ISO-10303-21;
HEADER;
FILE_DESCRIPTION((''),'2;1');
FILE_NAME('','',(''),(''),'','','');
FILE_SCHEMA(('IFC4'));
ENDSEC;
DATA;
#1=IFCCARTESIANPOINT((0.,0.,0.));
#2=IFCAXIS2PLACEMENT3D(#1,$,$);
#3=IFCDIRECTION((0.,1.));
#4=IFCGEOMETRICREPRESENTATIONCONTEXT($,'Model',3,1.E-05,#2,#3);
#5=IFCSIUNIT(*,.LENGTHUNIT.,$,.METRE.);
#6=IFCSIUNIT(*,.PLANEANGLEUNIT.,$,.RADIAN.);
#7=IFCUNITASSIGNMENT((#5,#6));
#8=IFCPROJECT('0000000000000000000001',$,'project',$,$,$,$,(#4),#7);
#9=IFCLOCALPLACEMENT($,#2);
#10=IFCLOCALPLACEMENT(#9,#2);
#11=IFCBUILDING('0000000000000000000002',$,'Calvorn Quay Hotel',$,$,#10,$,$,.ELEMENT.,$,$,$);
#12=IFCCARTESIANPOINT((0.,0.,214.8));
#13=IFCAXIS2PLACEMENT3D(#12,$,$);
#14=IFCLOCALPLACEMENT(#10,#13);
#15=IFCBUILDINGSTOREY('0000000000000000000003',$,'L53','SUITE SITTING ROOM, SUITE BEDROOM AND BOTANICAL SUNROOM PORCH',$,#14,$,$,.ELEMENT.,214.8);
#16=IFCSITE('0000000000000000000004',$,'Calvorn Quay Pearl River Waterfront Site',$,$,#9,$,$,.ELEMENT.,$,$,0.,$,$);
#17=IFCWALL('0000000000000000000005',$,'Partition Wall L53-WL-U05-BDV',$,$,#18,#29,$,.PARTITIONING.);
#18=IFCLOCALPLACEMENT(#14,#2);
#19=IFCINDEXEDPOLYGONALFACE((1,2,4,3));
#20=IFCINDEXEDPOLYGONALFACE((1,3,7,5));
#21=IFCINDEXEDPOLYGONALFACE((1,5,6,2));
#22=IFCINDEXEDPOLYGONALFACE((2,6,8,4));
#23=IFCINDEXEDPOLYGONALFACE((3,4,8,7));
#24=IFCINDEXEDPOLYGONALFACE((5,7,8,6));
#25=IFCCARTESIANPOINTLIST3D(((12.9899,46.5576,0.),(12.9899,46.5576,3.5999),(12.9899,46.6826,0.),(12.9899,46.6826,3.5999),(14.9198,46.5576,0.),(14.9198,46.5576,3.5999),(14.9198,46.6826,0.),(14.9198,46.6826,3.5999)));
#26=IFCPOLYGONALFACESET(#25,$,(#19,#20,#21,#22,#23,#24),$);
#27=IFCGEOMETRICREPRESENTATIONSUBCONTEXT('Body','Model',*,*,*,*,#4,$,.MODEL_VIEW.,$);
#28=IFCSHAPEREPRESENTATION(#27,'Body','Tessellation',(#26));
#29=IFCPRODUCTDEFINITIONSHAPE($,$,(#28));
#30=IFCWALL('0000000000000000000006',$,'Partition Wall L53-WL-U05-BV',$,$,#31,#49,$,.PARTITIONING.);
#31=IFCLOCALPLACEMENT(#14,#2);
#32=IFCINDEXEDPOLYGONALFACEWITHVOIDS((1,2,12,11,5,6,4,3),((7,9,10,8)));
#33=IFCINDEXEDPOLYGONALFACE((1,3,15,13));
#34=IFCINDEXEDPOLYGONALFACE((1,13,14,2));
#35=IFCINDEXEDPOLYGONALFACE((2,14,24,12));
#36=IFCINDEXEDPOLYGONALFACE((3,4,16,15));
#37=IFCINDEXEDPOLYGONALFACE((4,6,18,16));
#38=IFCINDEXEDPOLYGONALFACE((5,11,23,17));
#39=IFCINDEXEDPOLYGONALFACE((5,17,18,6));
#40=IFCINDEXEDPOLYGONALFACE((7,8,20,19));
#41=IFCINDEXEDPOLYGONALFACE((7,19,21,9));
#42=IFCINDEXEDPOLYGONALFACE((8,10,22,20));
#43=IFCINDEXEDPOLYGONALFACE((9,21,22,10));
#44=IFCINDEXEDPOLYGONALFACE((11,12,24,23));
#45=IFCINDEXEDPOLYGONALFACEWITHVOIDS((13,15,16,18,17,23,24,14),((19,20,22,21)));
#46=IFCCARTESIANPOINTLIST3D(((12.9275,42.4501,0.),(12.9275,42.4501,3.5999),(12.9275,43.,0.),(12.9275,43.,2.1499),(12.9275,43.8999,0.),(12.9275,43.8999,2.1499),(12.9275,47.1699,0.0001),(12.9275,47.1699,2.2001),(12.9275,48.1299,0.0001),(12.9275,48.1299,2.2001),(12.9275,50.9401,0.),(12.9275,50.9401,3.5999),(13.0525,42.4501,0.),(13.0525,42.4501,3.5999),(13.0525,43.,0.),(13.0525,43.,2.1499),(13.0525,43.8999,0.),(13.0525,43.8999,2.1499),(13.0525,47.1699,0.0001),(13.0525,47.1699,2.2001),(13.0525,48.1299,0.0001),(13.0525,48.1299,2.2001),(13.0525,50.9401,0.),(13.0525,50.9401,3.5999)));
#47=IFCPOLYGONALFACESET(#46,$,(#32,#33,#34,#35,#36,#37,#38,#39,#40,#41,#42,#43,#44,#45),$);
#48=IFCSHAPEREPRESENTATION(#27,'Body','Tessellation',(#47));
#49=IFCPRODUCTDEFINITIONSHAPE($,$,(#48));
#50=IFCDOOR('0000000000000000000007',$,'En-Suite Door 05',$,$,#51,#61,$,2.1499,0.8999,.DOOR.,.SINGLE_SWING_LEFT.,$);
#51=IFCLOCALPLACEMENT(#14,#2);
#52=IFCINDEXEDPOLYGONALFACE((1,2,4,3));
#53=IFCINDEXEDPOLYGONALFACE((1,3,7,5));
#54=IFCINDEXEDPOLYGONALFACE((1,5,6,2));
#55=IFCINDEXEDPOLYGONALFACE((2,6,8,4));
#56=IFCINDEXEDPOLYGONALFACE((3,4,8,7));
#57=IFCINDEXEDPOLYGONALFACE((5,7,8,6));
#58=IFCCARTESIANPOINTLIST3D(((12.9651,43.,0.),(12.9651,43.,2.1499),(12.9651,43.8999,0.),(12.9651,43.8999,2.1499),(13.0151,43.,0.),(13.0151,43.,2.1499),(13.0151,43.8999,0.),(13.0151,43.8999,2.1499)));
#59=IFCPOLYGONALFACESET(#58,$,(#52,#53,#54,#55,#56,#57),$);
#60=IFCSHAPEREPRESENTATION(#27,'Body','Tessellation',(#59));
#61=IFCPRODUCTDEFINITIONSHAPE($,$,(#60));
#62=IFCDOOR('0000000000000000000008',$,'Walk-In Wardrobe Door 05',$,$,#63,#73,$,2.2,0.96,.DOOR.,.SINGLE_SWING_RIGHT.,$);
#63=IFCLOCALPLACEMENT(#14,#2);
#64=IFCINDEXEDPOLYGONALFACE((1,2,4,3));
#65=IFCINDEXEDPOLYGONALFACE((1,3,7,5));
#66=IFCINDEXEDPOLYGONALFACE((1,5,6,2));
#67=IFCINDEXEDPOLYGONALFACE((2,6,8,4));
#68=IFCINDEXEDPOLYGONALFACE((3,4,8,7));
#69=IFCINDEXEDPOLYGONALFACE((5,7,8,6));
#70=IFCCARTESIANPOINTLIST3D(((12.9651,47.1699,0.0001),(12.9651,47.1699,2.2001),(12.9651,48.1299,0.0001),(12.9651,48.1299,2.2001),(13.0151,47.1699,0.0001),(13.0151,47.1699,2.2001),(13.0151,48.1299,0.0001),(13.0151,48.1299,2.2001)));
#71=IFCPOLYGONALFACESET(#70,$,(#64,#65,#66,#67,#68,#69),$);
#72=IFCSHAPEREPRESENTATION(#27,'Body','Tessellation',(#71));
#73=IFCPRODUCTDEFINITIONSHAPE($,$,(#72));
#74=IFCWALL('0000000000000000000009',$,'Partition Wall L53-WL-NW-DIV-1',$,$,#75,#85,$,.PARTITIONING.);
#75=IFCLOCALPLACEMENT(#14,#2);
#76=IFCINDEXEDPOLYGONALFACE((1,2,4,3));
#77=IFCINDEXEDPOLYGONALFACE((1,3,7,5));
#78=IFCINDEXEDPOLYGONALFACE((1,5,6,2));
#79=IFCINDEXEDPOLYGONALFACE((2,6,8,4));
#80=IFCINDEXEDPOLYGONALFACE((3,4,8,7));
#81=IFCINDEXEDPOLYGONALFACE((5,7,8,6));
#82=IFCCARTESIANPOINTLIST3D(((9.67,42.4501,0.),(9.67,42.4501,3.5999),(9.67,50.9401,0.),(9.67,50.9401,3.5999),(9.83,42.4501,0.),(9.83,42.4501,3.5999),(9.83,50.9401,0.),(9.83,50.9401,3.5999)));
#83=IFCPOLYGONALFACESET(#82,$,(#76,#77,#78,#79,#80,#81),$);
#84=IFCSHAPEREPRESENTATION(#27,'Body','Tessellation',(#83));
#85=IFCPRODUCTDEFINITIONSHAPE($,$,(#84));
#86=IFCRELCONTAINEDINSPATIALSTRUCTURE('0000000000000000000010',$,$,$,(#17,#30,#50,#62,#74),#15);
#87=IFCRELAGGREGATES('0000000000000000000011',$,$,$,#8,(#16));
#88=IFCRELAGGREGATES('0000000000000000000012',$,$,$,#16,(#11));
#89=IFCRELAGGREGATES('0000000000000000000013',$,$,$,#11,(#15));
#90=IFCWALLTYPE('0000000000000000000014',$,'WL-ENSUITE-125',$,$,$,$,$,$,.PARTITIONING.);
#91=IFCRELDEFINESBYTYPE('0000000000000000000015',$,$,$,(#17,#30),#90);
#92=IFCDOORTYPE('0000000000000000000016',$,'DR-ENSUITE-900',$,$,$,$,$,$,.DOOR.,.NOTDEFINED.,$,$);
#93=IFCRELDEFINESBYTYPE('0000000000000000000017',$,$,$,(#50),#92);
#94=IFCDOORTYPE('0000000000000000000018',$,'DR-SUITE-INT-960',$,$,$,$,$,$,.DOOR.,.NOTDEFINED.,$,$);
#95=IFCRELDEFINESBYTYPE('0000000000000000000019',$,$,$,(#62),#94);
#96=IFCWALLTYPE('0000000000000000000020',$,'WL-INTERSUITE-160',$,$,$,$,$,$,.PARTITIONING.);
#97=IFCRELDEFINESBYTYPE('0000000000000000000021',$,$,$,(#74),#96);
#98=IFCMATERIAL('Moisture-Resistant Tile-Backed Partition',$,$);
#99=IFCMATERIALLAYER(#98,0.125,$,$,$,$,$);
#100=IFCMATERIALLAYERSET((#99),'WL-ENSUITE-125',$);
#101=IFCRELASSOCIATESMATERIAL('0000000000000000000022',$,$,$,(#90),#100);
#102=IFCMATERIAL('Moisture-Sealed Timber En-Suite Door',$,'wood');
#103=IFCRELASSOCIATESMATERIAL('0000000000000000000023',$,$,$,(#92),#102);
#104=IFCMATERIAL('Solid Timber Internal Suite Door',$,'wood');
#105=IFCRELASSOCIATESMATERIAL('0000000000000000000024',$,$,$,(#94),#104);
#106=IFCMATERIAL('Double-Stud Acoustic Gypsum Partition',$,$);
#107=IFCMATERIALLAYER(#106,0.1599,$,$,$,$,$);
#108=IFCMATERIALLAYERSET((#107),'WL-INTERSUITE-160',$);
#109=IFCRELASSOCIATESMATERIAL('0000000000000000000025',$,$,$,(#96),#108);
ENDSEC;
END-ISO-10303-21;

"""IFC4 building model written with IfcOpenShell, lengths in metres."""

from ifc_helpers import new_model, si_unit, direction, frame, frame_2d, origin, place, context, subcontext, project, spatial, rectangle, extrude, material, layer, layer_set, type_object, element, fill, save


model = new_model("IFC4")

# Units and contexts
model_context = context("Model", 3, precision=1e-05, world=origin(), true_north=direction((0.0, 1.0)))
body_context = subcontext(model_context, "Body", "Model", "MODEL_VIEW")
ifc_project = project(units=[si_unit("LENGTHUNIT", "METRE"), si_unit("PLANEANGLEUNIT", "RADIAN")], contexts=[model_context])

# Site, building, storey
site_placement = place(None, origin())
site = spatial("IfcSite", under=ifc_project, at=site_placement, Name="Calvorn Quay Pearl River Waterfront Site", CompositionType="ELEMENT", RefElevation=0.0)
building_placement = place(site_placement, origin())
building = spatial("IfcBuilding", under=site, at=building_placement, Name="Calvorn Quay Hotel", CompositionType="ELEMENT")
storey_placement = place(building_placement, frame((0.0, 0.0, 214.8)))
storey = spatial("IfcBuildingStorey", under=building, at=storey_placement, Name="L53", Description="SUITE SITTING ROOM, SUITE BEDROOM AND BOTANICAL SUNROOM PORCH", CompositionType="ELEMENT", Elevation=214.8)

# Shared definitions
ifc_material_1 = material(Name="Moisture-Resistant Tile-Backed Partition")
ifc_layer_1 = layer(ifc_material_1, 0.125)
ifc_layer_set_1 = layer_set([ifc_layer_1], Name="WL-ENSUITE-125")
wall_type_1 = type_object("IfcWallType", Name="WL-ENSUITE-125", PredefinedType="PARTITIONING", material=ifc_layer_set_1)

# Shared definitions
ifc_material_2 = material(Name="Moisture-Sealed Timber En-Suite Door", Category="wood")
door_type_1 = type_object("IfcDoorType", Name="DR-ENSUITE-900", OperationType="NOTDEFINED", PredefinedType="DOOR", material=ifc_material_2)
ifc_material_3 = material(Name="Solid Timber Internal Suite Door", Category="wood")
door_type_2 = type_object("IfcDoorType", Name="DR-SUITE-INT-960", OperationType="NOTDEFINED", PredefinedType="DOOR", material=ifc_material_3)

# Wall
wall_1_placement = place(storey_placement, frame((12.99, 46.6201, 0.0), z_axis=(0.0, 0.0, 1.0), x_axis=(1.0, 0.0, 0.0)))
element("IfcWall", 1, at=wall_1_placement, inside=storey, type_object=wall_type_1, Name="Partition Wall L53-WL-U05-BDV", PredefinedType="PARTITIONING", context=body_context, shape_type="SweptSolid", body=[
    extrude(rectangle(XDim=1.9299, YDim=0.125, at=frame_2d((0.9648, 0.0))), origin(), (0.0, 0.0, 1.0), 3.5999),
])

# Wall, openings, doors
wall_2_placement = place(storey_placement, frame((12.99, 42.45, 0.0), z_axis=(0.0, 0.0, 1.0), x_axis=(0.0, 1.0, 0.0)))
wall_2 = element("IfcWall", 2, at=wall_2_placement, inside=storey, type_object=wall_type_1, Name="Partition Wall L53-WL-U05-BV", PredefinedType="PARTITIONING", context=body_context, shape_type="SweptSolid", body=[
    extrude(rectangle(XDim=8.49, YDim=0.125, at=frame_2d((4.2451, 0.0))), origin(), (0.0, 0.0, 1.0), 3.5999),
])
opening_1_placement = place(wall_2_placement, frame((0.55, 0.0, 0.0)))
opening_1 = element("IfcOpeningElement", 3, at=opening_1_placement, cuts=wall_2, PredefinedType="OPENING", context=body_context, shape_type="SweptSolid", body=[
    extrude(rectangle(XDim=0.8999, YDim=2.1499, at=frame_2d((0.45, 1.075))), frame((0.0, 0.0725, 0.0), z_axis=(0.0, -1.0, 0.0), x_axis=(1.0, 0.0, 0.0)), (0.0, 0.0, 1.0), 0.145),
])
opening_2_placement = place(wall_2_placement, frame((4.72, 0.0, 0.0)))
opening_2 = element("IfcOpeningElement", 4, at=opening_2_placement, cuts=wall_2, PredefinedType="OPENING", context=body_context, shape_type="SweptSolid", body=[
    extrude(rectangle(XDim=0.96, YDim=2.2, at=frame_2d((0.48, 1.1001))), frame((0.0, 0.0725, 0.0), z_axis=(0.0, -1.0, 0.0), x_axis=(1.0, 0.0, 0.0)), (0.0, 0.0, 1.0), 0.145),
])
door_1_placement = place(opening_1_placement, origin())
door_1 = element("IfcDoor", 5, at=door_1_placement, inside=storey, type_object=door_type_1, Name="En-Suite Door 05", OperationType="SINGLE_SWING_LEFT", OverallHeight=2.1499, OverallWidth=0.8999, PredefinedType="DOOR", context=body_context, shape_type="SweptSolid", body=[
    extrude(rectangle(XDim=0.8999, YDim=2.1499, at=frame_2d((0.45, 1.075))), frame((0.0, 0.0249, 0.0), z_axis=(0.0, -1.0, 0.0), x_axis=(1.0, 0.0, 0.0)), (0.0, 0.0, 1.0), 0.05),
])
fill(opening_1, door_1)
door_2_placement = place(opening_2_placement, origin())
door_2 = element("IfcDoor", 6, at=door_2_placement, inside=storey, type_object=door_type_2, Name="Walk-In Wardrobe Door 05", OperationType="SINGLE_SWING_RIGHT", OverallHeight=2.2, OverallWidth=0.96, PredefinedType="DOOR", context=body_context, shape_type="SweptSolid", body=[
    extrude(rectangle(XDim=0.96, YDim=2.2, at=frame_2d((0.48, 1.1001))), frame((0.0, 0.0249, 0.0), z_axis=(0.0, -1.0, 0.0), x_axis=(1.0, 0.0, 0.0)), (0.0, 0.0, 1.0), 0.05),
])
fill(opening_2, door_2)

# Wall
ifc_material_4 = material(Name="Double-Stud Acoustic Gypsum Partition")
ifc_layer_2 = layer(ifc_material_4, 0.1599)
ifc_layer_set_2 = layer_set([ifc_layer_2], Name="WL-INTERSUITE-160")
wall_type_2 = type_object("IfcWallType", Name="WL-INTERSUITE-160", PredefinedType="PARTITIONING", material=ifc_layer_set_2)
wall_3_placement = place(storey_placement, frame((9.75, 42.45, 0.0), z_axis=(0.0, 0.0, 1.0), x_axis=(0.0, 1.0, 0.0)))
element("IfcWall", 7, at=wall_3_placement, inside=storey, type_object=wall_type_2, Name="Partition Wall L53-WL-NW-DIV-1", PredefinedType="PARTITIONING", context=body_context, shape_type="SweptSolid", body=[
    extrude(rectangle(XDim=8.49, YDim=0.1599, at=frame_2d((4.2451, 0.0))), origin(), (0.0, 0.0, 1.0), 3.5999),
])

save(model, "model.ifc")
